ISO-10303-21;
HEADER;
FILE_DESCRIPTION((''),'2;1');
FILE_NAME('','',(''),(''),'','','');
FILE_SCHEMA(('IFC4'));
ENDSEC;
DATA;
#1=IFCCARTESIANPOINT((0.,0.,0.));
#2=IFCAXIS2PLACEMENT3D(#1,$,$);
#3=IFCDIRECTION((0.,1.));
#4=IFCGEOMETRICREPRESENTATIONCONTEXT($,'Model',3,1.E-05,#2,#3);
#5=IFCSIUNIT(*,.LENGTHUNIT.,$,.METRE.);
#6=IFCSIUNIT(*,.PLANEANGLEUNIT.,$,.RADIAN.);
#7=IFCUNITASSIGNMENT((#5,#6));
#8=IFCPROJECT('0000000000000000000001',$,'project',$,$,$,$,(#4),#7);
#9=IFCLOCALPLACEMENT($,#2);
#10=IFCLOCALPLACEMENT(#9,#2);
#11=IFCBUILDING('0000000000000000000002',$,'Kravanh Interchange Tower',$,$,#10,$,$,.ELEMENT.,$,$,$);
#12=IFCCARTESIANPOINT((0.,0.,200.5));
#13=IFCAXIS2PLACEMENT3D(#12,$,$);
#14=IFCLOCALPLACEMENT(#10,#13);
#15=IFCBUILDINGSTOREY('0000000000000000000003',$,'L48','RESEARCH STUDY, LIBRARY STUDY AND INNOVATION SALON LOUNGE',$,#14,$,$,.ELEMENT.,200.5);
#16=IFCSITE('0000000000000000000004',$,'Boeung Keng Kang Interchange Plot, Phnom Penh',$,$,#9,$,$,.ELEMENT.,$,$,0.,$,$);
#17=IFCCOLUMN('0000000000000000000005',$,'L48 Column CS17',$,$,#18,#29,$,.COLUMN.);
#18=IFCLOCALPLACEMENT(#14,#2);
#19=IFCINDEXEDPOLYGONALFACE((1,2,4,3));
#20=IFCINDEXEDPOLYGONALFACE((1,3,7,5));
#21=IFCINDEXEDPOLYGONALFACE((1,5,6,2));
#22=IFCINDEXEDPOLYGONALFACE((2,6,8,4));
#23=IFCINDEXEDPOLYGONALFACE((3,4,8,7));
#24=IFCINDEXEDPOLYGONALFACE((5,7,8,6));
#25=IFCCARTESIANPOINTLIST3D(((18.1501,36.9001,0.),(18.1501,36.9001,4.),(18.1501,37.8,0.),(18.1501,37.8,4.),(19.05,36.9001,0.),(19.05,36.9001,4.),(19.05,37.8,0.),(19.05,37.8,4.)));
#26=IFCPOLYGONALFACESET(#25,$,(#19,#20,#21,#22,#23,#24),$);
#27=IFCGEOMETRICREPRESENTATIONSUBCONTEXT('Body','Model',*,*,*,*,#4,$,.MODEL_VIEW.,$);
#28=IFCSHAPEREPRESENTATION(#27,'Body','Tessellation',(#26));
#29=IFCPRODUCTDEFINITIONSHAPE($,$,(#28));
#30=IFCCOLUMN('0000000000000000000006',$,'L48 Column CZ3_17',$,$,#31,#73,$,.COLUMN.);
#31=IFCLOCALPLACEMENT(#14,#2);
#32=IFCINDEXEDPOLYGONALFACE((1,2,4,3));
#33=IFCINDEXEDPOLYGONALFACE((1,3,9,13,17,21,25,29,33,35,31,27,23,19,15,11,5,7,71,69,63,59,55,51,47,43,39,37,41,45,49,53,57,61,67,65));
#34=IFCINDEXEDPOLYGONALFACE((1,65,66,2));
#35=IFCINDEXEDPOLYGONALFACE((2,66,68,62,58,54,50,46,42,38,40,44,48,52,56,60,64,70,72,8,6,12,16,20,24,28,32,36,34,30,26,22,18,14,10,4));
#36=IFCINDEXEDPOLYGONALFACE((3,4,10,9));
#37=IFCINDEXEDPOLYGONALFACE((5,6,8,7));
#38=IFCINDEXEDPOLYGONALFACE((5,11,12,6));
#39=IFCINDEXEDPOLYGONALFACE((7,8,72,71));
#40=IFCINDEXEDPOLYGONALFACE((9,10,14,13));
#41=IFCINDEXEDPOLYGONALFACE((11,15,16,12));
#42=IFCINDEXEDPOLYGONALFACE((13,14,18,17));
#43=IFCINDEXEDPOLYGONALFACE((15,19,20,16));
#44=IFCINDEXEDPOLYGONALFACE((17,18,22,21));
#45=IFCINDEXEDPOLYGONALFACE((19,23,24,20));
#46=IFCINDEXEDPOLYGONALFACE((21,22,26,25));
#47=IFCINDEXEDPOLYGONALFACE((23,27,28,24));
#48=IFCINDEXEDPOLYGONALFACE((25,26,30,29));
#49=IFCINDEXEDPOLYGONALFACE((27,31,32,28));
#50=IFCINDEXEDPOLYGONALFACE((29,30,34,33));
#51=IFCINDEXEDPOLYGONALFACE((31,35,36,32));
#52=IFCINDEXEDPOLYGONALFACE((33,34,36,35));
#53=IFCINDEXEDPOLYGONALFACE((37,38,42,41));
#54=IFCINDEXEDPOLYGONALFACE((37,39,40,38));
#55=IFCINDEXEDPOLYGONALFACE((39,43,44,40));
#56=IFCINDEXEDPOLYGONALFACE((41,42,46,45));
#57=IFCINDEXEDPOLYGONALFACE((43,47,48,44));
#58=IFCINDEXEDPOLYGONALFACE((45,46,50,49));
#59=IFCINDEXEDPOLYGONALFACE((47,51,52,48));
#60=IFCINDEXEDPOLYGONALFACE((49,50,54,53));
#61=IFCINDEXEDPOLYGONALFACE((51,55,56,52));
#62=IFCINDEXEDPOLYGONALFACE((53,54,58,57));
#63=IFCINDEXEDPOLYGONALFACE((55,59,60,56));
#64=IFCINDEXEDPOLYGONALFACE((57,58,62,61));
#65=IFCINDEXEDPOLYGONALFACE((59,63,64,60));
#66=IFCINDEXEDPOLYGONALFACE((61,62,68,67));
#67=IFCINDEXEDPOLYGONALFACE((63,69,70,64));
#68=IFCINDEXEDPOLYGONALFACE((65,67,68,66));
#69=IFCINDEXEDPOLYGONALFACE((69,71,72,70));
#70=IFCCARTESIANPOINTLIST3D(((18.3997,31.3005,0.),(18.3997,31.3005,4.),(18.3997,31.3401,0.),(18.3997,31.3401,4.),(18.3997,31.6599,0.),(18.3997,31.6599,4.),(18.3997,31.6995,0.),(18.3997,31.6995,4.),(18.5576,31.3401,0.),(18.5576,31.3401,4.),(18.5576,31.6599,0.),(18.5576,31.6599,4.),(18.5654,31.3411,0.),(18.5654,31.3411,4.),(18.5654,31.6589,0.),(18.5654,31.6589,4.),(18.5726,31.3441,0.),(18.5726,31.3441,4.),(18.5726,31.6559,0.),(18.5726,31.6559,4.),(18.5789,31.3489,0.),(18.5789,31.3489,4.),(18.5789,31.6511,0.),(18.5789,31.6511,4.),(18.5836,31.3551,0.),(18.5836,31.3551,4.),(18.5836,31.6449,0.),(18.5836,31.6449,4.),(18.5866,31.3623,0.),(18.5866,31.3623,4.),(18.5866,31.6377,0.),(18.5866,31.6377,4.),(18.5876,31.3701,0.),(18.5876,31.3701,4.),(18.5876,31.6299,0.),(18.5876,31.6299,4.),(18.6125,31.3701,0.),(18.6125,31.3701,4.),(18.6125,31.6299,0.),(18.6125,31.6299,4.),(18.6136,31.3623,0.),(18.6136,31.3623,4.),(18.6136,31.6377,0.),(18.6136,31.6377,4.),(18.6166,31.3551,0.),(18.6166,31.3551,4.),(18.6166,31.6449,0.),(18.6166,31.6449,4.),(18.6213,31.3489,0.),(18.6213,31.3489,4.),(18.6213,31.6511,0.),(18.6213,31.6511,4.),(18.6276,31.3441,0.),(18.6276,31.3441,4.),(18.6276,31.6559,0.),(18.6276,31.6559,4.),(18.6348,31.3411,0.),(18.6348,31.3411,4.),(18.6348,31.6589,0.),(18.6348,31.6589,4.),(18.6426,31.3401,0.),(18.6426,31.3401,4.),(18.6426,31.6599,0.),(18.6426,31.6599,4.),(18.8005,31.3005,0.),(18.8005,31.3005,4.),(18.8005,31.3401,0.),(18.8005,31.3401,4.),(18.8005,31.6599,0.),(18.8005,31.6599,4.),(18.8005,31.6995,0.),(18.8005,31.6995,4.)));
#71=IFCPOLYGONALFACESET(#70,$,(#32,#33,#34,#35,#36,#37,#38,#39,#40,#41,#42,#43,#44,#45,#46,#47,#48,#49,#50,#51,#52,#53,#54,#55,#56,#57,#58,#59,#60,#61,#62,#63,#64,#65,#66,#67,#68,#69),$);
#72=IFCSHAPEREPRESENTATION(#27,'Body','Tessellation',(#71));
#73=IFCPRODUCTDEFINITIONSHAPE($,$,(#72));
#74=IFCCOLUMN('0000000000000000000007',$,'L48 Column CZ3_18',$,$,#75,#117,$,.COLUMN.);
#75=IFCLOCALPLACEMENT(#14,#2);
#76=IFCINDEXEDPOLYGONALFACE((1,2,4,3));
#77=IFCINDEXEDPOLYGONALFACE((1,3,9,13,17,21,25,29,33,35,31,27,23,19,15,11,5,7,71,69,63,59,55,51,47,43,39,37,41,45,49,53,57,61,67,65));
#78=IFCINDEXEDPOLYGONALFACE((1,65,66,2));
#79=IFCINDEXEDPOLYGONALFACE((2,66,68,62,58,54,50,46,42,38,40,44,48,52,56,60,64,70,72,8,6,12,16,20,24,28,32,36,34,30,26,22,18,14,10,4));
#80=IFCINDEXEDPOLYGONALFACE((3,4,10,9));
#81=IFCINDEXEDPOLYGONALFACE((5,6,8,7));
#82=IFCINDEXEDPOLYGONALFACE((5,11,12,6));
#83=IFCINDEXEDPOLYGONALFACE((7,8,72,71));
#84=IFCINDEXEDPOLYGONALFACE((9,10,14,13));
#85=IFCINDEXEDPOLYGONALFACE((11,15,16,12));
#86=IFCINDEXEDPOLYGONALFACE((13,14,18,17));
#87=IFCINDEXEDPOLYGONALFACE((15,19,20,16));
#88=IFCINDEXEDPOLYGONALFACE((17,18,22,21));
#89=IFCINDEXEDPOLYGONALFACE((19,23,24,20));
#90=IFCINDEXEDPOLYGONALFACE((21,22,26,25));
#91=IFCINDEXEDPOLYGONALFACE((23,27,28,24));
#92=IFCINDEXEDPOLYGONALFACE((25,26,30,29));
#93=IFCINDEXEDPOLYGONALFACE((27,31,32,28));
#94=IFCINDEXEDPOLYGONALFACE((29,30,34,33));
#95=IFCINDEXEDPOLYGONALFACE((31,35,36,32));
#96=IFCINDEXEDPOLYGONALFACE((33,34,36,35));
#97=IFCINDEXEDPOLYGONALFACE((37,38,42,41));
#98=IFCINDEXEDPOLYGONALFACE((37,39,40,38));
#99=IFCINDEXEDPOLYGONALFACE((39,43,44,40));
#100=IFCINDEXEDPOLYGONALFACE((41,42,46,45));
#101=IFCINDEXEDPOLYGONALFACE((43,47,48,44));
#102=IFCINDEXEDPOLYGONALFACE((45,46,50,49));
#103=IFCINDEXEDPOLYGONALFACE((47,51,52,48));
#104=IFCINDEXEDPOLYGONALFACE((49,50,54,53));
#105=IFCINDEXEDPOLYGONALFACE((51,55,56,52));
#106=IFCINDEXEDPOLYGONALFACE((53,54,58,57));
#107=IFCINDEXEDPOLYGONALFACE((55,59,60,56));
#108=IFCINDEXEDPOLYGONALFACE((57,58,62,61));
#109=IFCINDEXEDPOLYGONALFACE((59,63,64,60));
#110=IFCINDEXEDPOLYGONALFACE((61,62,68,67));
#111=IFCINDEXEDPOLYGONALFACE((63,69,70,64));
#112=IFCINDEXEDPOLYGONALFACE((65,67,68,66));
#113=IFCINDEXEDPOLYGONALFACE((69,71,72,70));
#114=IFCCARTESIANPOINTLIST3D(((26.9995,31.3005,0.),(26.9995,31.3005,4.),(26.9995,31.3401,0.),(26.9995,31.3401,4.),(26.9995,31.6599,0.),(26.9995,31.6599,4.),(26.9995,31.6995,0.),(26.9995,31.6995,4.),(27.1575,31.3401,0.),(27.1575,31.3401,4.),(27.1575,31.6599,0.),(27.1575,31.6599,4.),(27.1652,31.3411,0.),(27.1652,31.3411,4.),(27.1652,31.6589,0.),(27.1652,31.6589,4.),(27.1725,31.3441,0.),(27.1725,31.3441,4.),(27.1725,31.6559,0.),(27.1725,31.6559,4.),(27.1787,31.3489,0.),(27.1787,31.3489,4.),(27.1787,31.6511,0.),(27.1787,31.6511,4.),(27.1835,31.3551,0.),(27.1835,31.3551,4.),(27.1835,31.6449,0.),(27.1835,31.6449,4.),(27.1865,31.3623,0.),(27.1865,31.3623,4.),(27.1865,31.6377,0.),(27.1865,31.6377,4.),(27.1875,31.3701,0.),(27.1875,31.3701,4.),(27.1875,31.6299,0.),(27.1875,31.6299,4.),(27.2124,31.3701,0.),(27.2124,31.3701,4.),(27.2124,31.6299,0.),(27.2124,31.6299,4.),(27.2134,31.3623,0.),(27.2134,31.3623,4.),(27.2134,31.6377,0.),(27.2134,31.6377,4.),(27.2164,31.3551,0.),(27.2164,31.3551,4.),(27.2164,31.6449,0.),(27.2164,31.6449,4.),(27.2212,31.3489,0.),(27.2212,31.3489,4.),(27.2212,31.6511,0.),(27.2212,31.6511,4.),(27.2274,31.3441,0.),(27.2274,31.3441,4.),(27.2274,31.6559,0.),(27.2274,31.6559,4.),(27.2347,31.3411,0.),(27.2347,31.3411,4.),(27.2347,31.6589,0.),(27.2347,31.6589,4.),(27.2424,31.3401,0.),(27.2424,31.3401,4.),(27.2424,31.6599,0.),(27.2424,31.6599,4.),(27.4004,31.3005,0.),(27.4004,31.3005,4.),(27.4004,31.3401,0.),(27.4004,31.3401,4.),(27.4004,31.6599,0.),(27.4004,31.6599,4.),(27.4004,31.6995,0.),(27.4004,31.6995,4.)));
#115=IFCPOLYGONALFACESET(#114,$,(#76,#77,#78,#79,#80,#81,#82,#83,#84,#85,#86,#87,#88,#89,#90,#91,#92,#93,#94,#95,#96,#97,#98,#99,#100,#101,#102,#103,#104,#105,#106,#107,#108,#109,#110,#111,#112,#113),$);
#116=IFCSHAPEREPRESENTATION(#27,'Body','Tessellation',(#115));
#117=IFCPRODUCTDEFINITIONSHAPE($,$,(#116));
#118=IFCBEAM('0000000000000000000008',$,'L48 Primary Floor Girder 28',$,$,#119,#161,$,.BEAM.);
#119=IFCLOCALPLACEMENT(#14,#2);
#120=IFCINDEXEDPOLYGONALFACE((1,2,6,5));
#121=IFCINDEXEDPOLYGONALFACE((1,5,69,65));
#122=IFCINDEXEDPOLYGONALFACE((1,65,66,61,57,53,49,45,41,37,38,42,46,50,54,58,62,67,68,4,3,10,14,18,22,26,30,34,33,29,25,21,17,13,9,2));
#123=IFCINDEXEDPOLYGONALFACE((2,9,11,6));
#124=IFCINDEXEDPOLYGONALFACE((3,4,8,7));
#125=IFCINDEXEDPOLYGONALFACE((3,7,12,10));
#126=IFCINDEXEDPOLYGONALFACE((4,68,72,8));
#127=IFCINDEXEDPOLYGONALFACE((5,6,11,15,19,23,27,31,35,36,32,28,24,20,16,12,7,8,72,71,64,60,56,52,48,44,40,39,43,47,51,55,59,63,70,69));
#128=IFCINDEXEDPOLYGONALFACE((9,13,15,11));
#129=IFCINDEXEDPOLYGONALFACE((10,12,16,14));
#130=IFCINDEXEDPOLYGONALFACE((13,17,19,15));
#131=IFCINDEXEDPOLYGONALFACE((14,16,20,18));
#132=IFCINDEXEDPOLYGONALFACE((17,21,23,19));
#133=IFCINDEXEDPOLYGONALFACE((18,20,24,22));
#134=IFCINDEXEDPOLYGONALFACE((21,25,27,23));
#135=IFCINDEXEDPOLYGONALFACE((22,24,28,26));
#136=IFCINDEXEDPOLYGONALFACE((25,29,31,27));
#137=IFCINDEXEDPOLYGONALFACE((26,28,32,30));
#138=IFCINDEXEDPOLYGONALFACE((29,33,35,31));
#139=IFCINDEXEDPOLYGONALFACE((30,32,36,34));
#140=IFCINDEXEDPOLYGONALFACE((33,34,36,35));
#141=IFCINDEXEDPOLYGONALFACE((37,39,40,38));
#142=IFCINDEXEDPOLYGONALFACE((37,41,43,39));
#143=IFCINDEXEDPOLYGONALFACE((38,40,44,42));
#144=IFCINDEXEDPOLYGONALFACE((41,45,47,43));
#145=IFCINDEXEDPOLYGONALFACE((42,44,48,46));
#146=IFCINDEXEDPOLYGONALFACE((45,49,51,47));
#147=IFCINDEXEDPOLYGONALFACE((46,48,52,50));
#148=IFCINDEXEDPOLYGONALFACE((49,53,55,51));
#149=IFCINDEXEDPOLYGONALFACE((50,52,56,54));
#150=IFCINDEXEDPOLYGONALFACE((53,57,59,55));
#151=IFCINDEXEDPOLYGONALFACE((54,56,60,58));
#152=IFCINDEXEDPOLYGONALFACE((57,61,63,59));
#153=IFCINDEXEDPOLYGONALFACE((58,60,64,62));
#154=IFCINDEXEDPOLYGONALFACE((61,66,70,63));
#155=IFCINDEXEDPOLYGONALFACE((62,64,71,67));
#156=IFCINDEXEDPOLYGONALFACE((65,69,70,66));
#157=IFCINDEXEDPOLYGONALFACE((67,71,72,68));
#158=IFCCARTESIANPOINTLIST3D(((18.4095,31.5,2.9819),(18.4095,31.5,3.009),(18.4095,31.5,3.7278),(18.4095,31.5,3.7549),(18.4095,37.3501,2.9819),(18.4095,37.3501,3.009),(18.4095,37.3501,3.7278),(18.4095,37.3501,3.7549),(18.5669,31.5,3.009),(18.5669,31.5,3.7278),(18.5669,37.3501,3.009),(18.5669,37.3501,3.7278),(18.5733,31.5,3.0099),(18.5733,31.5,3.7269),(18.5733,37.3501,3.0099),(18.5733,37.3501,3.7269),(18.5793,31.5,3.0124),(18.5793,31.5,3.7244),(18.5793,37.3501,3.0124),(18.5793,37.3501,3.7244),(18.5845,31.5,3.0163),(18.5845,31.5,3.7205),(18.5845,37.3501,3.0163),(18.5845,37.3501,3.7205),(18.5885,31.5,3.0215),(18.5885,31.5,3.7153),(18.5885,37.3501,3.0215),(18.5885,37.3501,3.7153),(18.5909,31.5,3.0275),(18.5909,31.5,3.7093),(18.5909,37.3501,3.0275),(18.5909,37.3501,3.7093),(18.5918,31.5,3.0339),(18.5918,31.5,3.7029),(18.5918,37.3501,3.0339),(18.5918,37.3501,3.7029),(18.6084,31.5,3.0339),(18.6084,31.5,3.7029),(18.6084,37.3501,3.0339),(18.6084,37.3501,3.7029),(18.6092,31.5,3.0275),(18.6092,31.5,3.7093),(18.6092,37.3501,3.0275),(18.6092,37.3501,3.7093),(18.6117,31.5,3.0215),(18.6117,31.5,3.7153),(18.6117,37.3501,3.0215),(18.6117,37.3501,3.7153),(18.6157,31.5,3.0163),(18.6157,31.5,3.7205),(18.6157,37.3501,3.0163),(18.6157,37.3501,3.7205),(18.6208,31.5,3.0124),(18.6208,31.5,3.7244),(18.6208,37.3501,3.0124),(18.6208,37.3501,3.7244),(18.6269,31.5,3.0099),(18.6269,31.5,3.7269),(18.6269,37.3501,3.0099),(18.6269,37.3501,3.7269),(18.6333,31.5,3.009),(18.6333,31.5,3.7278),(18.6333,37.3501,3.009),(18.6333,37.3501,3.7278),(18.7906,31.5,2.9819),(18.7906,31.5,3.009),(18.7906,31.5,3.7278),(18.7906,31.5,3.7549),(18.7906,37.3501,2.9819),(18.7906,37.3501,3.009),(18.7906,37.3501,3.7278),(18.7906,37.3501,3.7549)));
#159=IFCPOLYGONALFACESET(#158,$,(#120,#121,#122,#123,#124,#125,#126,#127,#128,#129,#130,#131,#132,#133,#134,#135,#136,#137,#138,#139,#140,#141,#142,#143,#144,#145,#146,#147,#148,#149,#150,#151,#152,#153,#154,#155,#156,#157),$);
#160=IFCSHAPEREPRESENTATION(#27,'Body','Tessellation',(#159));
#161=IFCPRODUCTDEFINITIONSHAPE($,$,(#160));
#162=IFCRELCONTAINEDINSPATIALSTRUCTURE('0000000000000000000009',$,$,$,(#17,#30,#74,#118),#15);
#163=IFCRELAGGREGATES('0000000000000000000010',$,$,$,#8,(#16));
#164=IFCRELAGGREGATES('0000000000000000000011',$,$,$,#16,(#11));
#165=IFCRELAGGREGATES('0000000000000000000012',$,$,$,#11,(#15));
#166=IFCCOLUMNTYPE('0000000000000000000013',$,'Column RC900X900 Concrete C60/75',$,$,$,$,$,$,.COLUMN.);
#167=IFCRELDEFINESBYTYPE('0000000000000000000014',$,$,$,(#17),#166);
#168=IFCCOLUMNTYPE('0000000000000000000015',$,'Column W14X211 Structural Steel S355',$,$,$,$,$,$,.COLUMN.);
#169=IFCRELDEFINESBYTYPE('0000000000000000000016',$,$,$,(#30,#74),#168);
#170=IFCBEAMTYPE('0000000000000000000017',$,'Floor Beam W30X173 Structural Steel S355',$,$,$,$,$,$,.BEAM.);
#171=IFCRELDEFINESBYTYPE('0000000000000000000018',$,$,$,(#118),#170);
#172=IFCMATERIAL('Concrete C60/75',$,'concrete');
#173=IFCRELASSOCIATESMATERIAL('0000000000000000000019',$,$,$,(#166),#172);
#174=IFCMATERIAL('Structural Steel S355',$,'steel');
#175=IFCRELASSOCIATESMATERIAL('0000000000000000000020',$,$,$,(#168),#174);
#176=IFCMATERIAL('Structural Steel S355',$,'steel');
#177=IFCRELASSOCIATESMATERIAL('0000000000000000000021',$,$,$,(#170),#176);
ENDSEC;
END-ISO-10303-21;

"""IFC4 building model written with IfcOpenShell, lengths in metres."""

from ifc_helpers import new_model, si_unit, direction, frame, origin, origin_2d, place, context, subcontext, project, spatial, rectangle, i_section, extrude, material, material_profile, profile_set, type_object, element, save


model = new_model("IFC4")

# Units and contexts
model_context = context("Model", 3, precision=1e-05, world=origin(), true_north=direction((0.0, 1.0)))
body_context = subcontext(model_context, "Body", "Model", "MODEL_VIEW")
ifc_project = project(units=[si_unit("LENGTHUNIT", "METRE"), si_unit("PLANEANGLEUNIT", "RADIAN")], contexts=[model_context])

# Site, building, storey
site_placement = place(None, origin())
site = spatial("IfcSite", under=ifc_project, at=site_placement, Name="Boeung Keng Kang Interchange Plot, Phnom Penh", CompositionType="ELEMENT", RefElevation=0.0)
building_placement = place(site_placement, origin())
building = spatial("IfcBuilding", under=site, at=building_placement, Name="Kravanh Interchange Tower", CompositionType="ELEMENT")
storey_placement = place(building_placement, frame((0.0, 0.0, 200.5)))
storey = spatial("IfcBuildingStorey", under=building, at=storey_placement, Name="L48", Description="RESEARCH STUDY, LIBRARY STUDY AND INNOVATION SALON LOUNGE", CompositionType="ELEMENT", Elevation=200.5)

# Columns
ifc_material_1 = material(Name="Concrete C60/75", Category="concrete")
ifc_material_profile_1 = material_profile(ifc_material_1, rectangle(XDim=0.8999, YDim=0.8999, at=origin_2d()), Name="RC900X900")
ifc_profile_set_1 = profile_set([ifc_material_profile_1], Name="Concrete C60/75")
column_type_1 = type_object("IfcColumnType", Name="Column RC900X900 Concrete C60/75", PredefinedType="COLUMN", material=ifc_profile_set_1)
column_placement = place(storey_placement, frame((18.6001, 37.3501, 0.0), z_axis=(0.0, 0.0, 1.0), x_axis=(1.0, 0.0, 0.0)))
element("IfcColumn", 1, at=column_placement, inside=storey, type_object=column_type_1, Name="L48 Column CS17", PredefinedType="COLUMN", context=body_context, shape_type="SweptSolid", body=[
    extrude(rectangle(XDim=0.8999, YDim=0.8999, at=origin_2d()), origin(), (0.0, 0.0, 1.0), 4.0),
])
ifc_material_2 = material(Name="Structural Steel S355", Category="steel")
ifc_material_profile_2 = material_profile(ifc_material_2, i_section(OverallWidth=0.4009, OverallDepth=0.3989, WebThickness=0.0249, FlangeThickness=0.0396, FilletRadius=0.03, at=origin_2d()), Name="W14X211")
ifc_profile_set_2 = profile_set([ifc_material_profile_2], Name="Structural Steel S355")
column_type_2 = type_object("IfcColumnType", Name="Column W14X211 Structural Steel S355", PredefinedType="COLUMN", material=ifc_profile_set_2)
for number, where, z_axis, x_axis, name in (
    (2, (18.6001, 31.5, 0.0), (0.0, 0.0, 1.0), (1.0, 0.0, 0.0), "L48 Column CZ3_17"),
    (3, (27.2, 31.5, 0.0), (0.0, 0.0, 1.0), (1.0, 0.0, 0.0), "L48 Column CZ3_18"),
):
    element("IfcColumn", number, at=place(storey_placement, frame(where, z_axis=z_axis, x_axis=x_axis)), inside=storey, type_object=column_type_2, Name=name, PredefinedType="COLUMN", context=body_context, shape_type="SweptSolid", body=[
        extrude(i_section(OverallWidth=0.4009, OverallDepth=0.3989, WebThickness=0.0249, FlangeThickness=0.0396, FilletRadius=0.03, at=origin_2d()), origin(), (0.0, 0.0, 1.0), 4.0),
    ])

# Beam
ifc_material_3 = material(Name="Structural Steel S355", Category="steel")
ifc_material_profile_3 = material_profile(ifc_material_3, i_section(OverallWidth=0.3811, OverallDepth=0.7729, WebThickness=0.0166, FlangeThickness=0.0271, FilletRadius=0.0249, at=origin_2d()), Name="W30X173")
ifc_profile_set_3 = profile_set([ifc_material_profile_3], Name="Structural Steel S355")
beam_type_1 = type_object("IfcBeamType", Name="Floor Beam W30X173 Structural Steel S355", PredefinedType="BEAM", material=ifc_profile_set_3)
beam_1_placement = place(storey_placement, frame((18.6001, 37.3501, 3.3684), z_axis=(0.0, -1.0, 0.0), x_axis=(1.0, 0.0, 0.0)))
element("IfcBeam", 4, at=beam_1_placement, inside=storey, type_object=beam_type_1, Name="L48 Primary Floor Girder 28", PredefinedType="BEAM", context=body_context, shape_type="SweptSolid", body=[
    extrude(i_section(OverallWidth=0.3811, OverallDepth=0.7729, WebThickness=0.0166, FlangeThickness=0.0271, FilletRadius=0.0249, at=origin_2d()), origin(), (0.0, 0.0, 1.0), 5.8501),
])

save(model, "model.ifc")
